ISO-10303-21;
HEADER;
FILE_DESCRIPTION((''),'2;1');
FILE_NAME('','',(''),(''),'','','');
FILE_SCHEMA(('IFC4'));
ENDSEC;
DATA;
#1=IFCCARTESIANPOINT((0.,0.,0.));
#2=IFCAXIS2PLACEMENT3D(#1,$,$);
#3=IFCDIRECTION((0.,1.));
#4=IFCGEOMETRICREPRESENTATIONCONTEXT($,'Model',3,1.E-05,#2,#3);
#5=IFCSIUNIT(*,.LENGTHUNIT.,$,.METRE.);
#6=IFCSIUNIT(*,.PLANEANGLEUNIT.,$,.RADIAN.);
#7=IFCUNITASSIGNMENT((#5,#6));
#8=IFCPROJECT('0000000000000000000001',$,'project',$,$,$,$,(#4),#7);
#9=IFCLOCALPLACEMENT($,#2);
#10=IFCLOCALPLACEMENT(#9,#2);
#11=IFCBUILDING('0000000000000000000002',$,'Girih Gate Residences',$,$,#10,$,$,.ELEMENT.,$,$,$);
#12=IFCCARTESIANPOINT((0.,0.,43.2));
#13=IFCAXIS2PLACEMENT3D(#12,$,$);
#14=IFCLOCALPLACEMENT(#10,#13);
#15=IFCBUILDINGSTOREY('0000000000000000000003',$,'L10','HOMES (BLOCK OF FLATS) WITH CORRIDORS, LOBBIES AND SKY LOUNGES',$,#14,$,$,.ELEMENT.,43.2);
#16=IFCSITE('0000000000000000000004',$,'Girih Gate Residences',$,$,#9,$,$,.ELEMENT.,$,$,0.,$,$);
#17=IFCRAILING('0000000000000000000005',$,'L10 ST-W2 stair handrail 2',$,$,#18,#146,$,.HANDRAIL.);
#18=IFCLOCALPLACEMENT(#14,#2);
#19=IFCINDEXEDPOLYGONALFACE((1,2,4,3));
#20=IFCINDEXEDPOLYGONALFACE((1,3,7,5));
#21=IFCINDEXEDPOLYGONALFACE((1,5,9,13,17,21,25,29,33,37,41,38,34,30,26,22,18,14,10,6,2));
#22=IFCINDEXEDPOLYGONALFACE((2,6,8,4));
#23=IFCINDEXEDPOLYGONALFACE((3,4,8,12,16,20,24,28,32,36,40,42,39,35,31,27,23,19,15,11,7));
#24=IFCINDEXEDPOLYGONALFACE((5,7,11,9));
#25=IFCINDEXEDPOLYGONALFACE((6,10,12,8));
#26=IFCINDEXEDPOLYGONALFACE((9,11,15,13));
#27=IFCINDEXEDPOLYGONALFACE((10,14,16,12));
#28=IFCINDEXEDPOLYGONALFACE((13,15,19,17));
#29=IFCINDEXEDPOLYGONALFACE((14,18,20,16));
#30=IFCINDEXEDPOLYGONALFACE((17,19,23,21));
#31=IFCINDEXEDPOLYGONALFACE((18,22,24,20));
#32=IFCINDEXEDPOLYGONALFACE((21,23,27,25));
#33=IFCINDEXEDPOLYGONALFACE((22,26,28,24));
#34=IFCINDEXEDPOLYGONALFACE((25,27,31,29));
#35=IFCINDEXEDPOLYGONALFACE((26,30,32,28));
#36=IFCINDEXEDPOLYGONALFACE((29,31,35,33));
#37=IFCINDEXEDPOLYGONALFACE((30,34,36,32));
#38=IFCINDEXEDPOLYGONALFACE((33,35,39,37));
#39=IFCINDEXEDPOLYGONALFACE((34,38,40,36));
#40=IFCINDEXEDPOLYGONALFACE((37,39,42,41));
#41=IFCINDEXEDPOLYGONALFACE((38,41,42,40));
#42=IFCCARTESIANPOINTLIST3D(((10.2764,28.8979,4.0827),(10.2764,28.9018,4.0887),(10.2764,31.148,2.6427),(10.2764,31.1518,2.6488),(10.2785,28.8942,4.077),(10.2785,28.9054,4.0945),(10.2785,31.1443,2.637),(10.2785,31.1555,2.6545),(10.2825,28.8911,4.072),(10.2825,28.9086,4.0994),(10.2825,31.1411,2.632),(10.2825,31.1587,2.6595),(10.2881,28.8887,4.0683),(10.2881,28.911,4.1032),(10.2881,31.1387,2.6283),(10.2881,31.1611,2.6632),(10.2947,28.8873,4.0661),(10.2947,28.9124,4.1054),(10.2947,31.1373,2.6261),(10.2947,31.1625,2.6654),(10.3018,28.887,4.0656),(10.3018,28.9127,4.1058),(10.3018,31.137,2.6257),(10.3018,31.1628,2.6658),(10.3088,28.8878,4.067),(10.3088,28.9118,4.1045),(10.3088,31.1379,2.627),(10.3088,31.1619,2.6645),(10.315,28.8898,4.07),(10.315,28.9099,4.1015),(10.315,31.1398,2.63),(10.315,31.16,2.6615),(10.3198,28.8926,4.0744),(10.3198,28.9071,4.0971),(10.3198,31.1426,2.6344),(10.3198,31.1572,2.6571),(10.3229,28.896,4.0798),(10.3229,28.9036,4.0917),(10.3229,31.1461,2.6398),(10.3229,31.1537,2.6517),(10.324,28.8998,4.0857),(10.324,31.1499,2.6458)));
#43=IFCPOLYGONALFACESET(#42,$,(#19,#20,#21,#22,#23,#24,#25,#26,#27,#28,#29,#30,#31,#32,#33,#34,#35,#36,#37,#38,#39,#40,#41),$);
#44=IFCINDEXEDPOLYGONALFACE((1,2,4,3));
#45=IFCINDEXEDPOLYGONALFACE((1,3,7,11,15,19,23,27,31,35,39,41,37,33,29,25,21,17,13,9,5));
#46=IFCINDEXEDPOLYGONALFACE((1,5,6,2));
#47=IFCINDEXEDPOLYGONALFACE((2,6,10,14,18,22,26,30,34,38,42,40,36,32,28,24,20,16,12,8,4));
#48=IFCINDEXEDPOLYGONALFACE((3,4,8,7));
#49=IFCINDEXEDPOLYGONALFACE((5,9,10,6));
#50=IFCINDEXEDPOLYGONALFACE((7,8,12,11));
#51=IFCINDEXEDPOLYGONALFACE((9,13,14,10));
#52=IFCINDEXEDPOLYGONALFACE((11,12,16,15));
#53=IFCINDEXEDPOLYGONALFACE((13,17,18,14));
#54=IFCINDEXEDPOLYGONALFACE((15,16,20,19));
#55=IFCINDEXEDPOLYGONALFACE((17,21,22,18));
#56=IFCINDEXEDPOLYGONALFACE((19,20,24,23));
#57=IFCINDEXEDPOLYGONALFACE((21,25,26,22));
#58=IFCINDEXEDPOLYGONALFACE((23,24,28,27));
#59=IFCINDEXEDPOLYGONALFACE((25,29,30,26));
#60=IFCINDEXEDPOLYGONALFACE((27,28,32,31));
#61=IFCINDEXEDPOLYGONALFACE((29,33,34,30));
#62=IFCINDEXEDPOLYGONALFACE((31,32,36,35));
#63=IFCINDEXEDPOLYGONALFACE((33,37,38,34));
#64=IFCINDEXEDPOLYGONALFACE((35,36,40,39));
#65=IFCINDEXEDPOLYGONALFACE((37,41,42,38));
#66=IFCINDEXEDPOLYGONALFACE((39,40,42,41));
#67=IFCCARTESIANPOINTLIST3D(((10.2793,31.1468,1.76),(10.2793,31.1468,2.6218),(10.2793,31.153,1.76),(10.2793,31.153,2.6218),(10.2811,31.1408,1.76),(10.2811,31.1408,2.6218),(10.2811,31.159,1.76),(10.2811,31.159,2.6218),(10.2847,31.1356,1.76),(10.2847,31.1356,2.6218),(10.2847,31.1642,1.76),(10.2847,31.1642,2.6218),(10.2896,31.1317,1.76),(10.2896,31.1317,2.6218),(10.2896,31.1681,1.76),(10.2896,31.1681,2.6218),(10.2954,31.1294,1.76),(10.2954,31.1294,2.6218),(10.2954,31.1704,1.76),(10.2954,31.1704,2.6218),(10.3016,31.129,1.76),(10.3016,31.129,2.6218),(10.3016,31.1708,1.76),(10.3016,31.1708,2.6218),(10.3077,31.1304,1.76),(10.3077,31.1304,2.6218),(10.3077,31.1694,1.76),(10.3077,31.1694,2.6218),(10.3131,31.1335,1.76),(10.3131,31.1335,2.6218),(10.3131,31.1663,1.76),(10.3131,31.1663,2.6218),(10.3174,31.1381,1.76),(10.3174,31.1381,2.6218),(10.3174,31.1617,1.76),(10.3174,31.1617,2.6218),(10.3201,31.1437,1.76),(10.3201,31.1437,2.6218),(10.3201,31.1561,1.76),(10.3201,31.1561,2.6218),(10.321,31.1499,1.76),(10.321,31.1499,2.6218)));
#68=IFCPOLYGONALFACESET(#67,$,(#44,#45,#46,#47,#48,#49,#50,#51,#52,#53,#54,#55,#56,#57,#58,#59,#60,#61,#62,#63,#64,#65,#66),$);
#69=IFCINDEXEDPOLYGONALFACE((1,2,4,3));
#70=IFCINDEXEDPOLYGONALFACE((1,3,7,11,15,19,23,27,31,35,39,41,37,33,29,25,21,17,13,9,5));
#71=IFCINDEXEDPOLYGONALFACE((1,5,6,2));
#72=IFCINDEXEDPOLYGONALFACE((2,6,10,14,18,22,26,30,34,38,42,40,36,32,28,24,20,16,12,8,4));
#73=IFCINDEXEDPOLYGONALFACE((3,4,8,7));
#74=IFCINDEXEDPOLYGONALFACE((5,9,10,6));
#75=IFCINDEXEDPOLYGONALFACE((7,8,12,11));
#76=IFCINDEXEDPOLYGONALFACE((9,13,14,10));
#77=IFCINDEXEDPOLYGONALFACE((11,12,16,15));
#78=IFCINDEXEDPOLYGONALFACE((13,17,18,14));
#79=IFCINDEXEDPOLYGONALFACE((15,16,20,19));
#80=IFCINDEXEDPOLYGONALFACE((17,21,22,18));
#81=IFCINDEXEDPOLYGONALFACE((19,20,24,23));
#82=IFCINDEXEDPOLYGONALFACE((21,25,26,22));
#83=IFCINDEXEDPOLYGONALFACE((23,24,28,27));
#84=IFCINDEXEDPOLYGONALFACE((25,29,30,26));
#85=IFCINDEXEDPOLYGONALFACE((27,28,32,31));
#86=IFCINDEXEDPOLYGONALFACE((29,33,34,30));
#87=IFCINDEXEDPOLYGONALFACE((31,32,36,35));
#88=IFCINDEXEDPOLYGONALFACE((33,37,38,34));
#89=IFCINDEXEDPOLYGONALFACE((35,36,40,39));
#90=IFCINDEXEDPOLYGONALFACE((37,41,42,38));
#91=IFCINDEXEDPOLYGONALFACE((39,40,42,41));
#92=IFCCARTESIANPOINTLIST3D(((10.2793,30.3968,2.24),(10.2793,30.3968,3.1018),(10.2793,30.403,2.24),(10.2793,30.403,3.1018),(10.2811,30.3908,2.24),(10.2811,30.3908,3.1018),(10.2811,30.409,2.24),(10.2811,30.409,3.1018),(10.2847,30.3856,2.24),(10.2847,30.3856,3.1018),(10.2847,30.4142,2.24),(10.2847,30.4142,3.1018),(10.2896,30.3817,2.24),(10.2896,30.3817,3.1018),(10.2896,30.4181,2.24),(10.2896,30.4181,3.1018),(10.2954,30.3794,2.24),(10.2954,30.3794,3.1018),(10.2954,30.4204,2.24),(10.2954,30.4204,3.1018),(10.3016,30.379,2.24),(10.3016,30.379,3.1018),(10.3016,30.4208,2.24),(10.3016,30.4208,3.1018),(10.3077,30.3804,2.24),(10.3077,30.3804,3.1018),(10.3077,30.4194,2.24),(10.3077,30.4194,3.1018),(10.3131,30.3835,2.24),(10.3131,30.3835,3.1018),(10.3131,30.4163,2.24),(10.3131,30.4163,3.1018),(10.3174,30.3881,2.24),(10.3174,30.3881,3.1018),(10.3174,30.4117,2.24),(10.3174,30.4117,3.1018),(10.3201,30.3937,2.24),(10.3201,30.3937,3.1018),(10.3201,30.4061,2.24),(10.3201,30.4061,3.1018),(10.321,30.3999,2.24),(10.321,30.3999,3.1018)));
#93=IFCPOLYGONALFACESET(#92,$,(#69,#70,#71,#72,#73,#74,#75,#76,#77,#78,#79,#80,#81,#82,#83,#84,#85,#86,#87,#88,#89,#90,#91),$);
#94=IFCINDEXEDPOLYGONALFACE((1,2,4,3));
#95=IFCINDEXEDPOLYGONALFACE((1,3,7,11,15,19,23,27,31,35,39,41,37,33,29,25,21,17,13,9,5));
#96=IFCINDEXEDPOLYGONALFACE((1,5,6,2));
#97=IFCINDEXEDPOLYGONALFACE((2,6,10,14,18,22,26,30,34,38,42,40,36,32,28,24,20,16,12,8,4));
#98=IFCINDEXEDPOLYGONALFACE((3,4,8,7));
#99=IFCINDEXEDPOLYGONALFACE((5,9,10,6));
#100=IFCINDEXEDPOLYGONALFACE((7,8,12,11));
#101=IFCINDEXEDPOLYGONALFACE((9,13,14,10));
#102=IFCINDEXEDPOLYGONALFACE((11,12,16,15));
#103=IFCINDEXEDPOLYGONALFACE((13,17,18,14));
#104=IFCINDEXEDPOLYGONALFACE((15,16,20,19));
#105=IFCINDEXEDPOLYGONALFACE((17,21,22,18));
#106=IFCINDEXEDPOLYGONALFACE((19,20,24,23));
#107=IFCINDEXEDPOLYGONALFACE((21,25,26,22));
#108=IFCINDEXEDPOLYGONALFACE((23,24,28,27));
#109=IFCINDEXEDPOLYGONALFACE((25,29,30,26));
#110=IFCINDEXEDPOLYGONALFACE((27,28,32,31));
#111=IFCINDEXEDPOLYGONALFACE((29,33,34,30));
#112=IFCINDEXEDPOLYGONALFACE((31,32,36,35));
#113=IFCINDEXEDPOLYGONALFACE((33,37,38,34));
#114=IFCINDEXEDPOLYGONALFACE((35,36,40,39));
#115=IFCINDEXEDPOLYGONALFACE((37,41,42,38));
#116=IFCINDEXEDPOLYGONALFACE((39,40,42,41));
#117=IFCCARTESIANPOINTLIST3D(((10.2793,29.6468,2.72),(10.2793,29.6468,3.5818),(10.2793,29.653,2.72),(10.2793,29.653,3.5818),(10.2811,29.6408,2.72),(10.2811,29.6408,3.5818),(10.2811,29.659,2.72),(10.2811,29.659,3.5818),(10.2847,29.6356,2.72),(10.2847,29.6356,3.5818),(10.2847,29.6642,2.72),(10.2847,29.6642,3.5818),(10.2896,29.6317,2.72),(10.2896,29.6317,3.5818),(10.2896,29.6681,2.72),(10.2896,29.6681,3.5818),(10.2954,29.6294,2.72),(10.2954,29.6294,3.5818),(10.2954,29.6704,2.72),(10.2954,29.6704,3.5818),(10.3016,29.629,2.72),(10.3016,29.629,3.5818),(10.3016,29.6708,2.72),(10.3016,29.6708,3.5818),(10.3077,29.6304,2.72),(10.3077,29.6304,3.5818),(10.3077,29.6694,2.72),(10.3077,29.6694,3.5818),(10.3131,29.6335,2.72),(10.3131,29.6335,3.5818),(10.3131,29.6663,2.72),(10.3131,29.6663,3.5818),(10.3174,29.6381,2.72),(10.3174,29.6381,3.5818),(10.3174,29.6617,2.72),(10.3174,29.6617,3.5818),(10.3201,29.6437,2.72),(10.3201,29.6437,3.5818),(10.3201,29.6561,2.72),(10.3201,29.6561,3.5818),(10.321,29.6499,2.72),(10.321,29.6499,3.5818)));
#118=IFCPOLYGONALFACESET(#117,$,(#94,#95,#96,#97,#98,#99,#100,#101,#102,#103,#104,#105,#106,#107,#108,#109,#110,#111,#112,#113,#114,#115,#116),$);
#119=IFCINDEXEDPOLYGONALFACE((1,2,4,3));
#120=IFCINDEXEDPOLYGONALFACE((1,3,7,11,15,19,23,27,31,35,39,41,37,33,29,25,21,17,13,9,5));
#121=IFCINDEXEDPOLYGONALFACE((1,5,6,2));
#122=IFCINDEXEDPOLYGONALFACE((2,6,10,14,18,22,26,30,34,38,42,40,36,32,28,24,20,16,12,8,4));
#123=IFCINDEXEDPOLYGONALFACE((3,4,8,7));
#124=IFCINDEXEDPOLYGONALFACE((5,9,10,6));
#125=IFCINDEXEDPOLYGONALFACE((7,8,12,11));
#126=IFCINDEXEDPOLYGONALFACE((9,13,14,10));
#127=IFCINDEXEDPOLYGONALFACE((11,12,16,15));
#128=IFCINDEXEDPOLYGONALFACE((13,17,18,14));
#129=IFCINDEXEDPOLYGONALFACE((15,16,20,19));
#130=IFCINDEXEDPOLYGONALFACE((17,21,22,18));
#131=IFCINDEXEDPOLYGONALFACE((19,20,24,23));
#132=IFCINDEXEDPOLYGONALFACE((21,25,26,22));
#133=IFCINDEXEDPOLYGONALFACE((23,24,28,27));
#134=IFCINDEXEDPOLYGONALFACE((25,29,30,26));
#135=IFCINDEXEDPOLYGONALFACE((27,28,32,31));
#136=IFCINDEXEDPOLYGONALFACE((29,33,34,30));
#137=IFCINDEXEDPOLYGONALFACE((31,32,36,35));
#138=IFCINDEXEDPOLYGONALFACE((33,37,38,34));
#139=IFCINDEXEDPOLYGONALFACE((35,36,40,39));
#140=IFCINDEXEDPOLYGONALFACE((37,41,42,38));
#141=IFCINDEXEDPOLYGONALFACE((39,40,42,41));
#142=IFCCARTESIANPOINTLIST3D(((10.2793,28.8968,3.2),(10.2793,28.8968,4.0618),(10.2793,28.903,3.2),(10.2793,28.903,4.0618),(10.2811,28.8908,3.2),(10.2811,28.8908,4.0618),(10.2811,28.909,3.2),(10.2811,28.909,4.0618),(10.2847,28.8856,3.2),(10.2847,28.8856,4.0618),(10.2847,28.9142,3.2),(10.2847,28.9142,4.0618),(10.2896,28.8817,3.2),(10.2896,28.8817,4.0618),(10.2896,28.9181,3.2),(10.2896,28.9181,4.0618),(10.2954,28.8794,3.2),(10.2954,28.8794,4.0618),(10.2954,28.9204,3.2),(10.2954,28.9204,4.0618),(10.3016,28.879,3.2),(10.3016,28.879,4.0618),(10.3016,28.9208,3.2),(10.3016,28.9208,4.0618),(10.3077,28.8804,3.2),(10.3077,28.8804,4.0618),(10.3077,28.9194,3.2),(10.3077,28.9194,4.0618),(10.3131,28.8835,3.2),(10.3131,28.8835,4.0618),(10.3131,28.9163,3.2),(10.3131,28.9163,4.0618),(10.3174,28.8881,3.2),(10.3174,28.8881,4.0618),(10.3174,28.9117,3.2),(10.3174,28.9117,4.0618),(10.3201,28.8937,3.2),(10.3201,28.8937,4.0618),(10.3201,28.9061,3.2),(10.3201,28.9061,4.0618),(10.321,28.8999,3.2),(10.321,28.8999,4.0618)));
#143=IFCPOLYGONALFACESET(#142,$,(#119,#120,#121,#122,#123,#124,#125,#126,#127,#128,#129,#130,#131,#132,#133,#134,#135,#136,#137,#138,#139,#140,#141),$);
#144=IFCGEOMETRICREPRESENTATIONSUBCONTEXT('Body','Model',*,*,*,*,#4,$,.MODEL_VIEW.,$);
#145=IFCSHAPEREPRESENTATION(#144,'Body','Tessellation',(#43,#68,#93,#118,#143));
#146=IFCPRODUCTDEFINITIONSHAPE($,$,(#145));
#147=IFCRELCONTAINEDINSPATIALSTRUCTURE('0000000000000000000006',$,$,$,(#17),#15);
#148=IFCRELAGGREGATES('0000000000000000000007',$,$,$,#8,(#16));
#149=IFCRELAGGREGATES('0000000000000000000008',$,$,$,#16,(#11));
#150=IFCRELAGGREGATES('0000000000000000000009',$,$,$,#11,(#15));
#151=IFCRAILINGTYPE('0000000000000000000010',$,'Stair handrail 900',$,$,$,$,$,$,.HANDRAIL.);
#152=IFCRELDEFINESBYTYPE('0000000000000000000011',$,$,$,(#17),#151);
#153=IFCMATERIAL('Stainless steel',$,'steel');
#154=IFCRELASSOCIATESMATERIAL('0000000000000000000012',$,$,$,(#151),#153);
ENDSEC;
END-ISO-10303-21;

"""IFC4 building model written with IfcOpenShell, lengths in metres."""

from ifc_helpers import new_model, si_unit, direction, frame, origin, origin_2d, place, context, subcontext, project, spatial, circle, extrude, material, type_object, element, save


model = new_model("IFC4")

# Units and contexts
model_context = context("Model", 3, precision=1e-05, world=origin(), true_north=direction((0.0, 1.0)))
body_context = subcontext(model_context, "Body", "Model", "MODEL_VIEW")
ifc_project = project(units=[si_unit("LENGTHUNIT", "METRE"), si_unit("PLANEANGLEUNIT", "RADIAN")], contexts=[model_context])

# Site, building, storey
site_placement = place(None, origin())
site = spatial("IfcSite", under=ifc_project, at=site_placement, Name="Girih Gate Residences", CompositionType="ELEMENT", RefElevation=0.0)
building_placement = place(site_placement, origin())
building = spatial("IfcBuilding", under=site, at=building_placement, Name="Girih Gate Residences", CompositionType="ELEMENT")
storey_placement = place(building_placement, frame((0.0, 0.0, 43.2)))
storey = spatial("IfcBuildingStorey", under=building, at=storey_placement, Name="L10", Description="HOMES (BLOCK OF FLATS) WITH CORRIDORS, LOBBIES AND SKY LOUNGES", CompositionType="ELEMENT", Elevation=43.2)

# Railing
ifc_material_1 = material(Name="Stainless steel", Category="steel")
railing_type_1 = type_object("IfcRailingType", Name="Stair handrail 900", PredefinedType="HANDRAIL", material=ifc_material_1)
railing_1_placement = place(storey_placement, frame((10.3, 31.1499, 1.76)))
element("IfcRailing", 1, at=railing_1_placement, inside=storey, type_object=railing_type_1, Name="L10 ST-W2 stair handrail 2", PredefinedType="HANDRAIL", context=body_context, shape_type="SweptSolid", body=[
    extrude(circle(Radius=0.0239, at=origin_2d()), frame((0.0, 0.0, 0.8857), z_axis=(0.0, -0.842281, 0.539038), x_axis=(1.0, 0.0, 0.0)), (0.0, 0.0, 1.0), 2.6714),
    extrude(circle(Radius=0.021, at=origin_2d()), origin(), (0.0, 0.0, 1.0), 0.8618),
    extrude(circle(Radius=0.021, at=origin_2d()), frame((0.0, -0.75, 0.48)), (0.0, 0.0, 1.0), 0.8618),
    extrude(circle(Radius=0.021, at=origin_2d()), frame((0.0, -1.5, 0.96)), (0.0, 0.0, 1.0), 0.8618),
    extrude(circle(Radius=0.021, at=origin_2d()), frame((0.0, -2.25, 1.4399)), (0.0, 0.0, 1.0), 0.8618),
])

save(model, "model.ifc")
